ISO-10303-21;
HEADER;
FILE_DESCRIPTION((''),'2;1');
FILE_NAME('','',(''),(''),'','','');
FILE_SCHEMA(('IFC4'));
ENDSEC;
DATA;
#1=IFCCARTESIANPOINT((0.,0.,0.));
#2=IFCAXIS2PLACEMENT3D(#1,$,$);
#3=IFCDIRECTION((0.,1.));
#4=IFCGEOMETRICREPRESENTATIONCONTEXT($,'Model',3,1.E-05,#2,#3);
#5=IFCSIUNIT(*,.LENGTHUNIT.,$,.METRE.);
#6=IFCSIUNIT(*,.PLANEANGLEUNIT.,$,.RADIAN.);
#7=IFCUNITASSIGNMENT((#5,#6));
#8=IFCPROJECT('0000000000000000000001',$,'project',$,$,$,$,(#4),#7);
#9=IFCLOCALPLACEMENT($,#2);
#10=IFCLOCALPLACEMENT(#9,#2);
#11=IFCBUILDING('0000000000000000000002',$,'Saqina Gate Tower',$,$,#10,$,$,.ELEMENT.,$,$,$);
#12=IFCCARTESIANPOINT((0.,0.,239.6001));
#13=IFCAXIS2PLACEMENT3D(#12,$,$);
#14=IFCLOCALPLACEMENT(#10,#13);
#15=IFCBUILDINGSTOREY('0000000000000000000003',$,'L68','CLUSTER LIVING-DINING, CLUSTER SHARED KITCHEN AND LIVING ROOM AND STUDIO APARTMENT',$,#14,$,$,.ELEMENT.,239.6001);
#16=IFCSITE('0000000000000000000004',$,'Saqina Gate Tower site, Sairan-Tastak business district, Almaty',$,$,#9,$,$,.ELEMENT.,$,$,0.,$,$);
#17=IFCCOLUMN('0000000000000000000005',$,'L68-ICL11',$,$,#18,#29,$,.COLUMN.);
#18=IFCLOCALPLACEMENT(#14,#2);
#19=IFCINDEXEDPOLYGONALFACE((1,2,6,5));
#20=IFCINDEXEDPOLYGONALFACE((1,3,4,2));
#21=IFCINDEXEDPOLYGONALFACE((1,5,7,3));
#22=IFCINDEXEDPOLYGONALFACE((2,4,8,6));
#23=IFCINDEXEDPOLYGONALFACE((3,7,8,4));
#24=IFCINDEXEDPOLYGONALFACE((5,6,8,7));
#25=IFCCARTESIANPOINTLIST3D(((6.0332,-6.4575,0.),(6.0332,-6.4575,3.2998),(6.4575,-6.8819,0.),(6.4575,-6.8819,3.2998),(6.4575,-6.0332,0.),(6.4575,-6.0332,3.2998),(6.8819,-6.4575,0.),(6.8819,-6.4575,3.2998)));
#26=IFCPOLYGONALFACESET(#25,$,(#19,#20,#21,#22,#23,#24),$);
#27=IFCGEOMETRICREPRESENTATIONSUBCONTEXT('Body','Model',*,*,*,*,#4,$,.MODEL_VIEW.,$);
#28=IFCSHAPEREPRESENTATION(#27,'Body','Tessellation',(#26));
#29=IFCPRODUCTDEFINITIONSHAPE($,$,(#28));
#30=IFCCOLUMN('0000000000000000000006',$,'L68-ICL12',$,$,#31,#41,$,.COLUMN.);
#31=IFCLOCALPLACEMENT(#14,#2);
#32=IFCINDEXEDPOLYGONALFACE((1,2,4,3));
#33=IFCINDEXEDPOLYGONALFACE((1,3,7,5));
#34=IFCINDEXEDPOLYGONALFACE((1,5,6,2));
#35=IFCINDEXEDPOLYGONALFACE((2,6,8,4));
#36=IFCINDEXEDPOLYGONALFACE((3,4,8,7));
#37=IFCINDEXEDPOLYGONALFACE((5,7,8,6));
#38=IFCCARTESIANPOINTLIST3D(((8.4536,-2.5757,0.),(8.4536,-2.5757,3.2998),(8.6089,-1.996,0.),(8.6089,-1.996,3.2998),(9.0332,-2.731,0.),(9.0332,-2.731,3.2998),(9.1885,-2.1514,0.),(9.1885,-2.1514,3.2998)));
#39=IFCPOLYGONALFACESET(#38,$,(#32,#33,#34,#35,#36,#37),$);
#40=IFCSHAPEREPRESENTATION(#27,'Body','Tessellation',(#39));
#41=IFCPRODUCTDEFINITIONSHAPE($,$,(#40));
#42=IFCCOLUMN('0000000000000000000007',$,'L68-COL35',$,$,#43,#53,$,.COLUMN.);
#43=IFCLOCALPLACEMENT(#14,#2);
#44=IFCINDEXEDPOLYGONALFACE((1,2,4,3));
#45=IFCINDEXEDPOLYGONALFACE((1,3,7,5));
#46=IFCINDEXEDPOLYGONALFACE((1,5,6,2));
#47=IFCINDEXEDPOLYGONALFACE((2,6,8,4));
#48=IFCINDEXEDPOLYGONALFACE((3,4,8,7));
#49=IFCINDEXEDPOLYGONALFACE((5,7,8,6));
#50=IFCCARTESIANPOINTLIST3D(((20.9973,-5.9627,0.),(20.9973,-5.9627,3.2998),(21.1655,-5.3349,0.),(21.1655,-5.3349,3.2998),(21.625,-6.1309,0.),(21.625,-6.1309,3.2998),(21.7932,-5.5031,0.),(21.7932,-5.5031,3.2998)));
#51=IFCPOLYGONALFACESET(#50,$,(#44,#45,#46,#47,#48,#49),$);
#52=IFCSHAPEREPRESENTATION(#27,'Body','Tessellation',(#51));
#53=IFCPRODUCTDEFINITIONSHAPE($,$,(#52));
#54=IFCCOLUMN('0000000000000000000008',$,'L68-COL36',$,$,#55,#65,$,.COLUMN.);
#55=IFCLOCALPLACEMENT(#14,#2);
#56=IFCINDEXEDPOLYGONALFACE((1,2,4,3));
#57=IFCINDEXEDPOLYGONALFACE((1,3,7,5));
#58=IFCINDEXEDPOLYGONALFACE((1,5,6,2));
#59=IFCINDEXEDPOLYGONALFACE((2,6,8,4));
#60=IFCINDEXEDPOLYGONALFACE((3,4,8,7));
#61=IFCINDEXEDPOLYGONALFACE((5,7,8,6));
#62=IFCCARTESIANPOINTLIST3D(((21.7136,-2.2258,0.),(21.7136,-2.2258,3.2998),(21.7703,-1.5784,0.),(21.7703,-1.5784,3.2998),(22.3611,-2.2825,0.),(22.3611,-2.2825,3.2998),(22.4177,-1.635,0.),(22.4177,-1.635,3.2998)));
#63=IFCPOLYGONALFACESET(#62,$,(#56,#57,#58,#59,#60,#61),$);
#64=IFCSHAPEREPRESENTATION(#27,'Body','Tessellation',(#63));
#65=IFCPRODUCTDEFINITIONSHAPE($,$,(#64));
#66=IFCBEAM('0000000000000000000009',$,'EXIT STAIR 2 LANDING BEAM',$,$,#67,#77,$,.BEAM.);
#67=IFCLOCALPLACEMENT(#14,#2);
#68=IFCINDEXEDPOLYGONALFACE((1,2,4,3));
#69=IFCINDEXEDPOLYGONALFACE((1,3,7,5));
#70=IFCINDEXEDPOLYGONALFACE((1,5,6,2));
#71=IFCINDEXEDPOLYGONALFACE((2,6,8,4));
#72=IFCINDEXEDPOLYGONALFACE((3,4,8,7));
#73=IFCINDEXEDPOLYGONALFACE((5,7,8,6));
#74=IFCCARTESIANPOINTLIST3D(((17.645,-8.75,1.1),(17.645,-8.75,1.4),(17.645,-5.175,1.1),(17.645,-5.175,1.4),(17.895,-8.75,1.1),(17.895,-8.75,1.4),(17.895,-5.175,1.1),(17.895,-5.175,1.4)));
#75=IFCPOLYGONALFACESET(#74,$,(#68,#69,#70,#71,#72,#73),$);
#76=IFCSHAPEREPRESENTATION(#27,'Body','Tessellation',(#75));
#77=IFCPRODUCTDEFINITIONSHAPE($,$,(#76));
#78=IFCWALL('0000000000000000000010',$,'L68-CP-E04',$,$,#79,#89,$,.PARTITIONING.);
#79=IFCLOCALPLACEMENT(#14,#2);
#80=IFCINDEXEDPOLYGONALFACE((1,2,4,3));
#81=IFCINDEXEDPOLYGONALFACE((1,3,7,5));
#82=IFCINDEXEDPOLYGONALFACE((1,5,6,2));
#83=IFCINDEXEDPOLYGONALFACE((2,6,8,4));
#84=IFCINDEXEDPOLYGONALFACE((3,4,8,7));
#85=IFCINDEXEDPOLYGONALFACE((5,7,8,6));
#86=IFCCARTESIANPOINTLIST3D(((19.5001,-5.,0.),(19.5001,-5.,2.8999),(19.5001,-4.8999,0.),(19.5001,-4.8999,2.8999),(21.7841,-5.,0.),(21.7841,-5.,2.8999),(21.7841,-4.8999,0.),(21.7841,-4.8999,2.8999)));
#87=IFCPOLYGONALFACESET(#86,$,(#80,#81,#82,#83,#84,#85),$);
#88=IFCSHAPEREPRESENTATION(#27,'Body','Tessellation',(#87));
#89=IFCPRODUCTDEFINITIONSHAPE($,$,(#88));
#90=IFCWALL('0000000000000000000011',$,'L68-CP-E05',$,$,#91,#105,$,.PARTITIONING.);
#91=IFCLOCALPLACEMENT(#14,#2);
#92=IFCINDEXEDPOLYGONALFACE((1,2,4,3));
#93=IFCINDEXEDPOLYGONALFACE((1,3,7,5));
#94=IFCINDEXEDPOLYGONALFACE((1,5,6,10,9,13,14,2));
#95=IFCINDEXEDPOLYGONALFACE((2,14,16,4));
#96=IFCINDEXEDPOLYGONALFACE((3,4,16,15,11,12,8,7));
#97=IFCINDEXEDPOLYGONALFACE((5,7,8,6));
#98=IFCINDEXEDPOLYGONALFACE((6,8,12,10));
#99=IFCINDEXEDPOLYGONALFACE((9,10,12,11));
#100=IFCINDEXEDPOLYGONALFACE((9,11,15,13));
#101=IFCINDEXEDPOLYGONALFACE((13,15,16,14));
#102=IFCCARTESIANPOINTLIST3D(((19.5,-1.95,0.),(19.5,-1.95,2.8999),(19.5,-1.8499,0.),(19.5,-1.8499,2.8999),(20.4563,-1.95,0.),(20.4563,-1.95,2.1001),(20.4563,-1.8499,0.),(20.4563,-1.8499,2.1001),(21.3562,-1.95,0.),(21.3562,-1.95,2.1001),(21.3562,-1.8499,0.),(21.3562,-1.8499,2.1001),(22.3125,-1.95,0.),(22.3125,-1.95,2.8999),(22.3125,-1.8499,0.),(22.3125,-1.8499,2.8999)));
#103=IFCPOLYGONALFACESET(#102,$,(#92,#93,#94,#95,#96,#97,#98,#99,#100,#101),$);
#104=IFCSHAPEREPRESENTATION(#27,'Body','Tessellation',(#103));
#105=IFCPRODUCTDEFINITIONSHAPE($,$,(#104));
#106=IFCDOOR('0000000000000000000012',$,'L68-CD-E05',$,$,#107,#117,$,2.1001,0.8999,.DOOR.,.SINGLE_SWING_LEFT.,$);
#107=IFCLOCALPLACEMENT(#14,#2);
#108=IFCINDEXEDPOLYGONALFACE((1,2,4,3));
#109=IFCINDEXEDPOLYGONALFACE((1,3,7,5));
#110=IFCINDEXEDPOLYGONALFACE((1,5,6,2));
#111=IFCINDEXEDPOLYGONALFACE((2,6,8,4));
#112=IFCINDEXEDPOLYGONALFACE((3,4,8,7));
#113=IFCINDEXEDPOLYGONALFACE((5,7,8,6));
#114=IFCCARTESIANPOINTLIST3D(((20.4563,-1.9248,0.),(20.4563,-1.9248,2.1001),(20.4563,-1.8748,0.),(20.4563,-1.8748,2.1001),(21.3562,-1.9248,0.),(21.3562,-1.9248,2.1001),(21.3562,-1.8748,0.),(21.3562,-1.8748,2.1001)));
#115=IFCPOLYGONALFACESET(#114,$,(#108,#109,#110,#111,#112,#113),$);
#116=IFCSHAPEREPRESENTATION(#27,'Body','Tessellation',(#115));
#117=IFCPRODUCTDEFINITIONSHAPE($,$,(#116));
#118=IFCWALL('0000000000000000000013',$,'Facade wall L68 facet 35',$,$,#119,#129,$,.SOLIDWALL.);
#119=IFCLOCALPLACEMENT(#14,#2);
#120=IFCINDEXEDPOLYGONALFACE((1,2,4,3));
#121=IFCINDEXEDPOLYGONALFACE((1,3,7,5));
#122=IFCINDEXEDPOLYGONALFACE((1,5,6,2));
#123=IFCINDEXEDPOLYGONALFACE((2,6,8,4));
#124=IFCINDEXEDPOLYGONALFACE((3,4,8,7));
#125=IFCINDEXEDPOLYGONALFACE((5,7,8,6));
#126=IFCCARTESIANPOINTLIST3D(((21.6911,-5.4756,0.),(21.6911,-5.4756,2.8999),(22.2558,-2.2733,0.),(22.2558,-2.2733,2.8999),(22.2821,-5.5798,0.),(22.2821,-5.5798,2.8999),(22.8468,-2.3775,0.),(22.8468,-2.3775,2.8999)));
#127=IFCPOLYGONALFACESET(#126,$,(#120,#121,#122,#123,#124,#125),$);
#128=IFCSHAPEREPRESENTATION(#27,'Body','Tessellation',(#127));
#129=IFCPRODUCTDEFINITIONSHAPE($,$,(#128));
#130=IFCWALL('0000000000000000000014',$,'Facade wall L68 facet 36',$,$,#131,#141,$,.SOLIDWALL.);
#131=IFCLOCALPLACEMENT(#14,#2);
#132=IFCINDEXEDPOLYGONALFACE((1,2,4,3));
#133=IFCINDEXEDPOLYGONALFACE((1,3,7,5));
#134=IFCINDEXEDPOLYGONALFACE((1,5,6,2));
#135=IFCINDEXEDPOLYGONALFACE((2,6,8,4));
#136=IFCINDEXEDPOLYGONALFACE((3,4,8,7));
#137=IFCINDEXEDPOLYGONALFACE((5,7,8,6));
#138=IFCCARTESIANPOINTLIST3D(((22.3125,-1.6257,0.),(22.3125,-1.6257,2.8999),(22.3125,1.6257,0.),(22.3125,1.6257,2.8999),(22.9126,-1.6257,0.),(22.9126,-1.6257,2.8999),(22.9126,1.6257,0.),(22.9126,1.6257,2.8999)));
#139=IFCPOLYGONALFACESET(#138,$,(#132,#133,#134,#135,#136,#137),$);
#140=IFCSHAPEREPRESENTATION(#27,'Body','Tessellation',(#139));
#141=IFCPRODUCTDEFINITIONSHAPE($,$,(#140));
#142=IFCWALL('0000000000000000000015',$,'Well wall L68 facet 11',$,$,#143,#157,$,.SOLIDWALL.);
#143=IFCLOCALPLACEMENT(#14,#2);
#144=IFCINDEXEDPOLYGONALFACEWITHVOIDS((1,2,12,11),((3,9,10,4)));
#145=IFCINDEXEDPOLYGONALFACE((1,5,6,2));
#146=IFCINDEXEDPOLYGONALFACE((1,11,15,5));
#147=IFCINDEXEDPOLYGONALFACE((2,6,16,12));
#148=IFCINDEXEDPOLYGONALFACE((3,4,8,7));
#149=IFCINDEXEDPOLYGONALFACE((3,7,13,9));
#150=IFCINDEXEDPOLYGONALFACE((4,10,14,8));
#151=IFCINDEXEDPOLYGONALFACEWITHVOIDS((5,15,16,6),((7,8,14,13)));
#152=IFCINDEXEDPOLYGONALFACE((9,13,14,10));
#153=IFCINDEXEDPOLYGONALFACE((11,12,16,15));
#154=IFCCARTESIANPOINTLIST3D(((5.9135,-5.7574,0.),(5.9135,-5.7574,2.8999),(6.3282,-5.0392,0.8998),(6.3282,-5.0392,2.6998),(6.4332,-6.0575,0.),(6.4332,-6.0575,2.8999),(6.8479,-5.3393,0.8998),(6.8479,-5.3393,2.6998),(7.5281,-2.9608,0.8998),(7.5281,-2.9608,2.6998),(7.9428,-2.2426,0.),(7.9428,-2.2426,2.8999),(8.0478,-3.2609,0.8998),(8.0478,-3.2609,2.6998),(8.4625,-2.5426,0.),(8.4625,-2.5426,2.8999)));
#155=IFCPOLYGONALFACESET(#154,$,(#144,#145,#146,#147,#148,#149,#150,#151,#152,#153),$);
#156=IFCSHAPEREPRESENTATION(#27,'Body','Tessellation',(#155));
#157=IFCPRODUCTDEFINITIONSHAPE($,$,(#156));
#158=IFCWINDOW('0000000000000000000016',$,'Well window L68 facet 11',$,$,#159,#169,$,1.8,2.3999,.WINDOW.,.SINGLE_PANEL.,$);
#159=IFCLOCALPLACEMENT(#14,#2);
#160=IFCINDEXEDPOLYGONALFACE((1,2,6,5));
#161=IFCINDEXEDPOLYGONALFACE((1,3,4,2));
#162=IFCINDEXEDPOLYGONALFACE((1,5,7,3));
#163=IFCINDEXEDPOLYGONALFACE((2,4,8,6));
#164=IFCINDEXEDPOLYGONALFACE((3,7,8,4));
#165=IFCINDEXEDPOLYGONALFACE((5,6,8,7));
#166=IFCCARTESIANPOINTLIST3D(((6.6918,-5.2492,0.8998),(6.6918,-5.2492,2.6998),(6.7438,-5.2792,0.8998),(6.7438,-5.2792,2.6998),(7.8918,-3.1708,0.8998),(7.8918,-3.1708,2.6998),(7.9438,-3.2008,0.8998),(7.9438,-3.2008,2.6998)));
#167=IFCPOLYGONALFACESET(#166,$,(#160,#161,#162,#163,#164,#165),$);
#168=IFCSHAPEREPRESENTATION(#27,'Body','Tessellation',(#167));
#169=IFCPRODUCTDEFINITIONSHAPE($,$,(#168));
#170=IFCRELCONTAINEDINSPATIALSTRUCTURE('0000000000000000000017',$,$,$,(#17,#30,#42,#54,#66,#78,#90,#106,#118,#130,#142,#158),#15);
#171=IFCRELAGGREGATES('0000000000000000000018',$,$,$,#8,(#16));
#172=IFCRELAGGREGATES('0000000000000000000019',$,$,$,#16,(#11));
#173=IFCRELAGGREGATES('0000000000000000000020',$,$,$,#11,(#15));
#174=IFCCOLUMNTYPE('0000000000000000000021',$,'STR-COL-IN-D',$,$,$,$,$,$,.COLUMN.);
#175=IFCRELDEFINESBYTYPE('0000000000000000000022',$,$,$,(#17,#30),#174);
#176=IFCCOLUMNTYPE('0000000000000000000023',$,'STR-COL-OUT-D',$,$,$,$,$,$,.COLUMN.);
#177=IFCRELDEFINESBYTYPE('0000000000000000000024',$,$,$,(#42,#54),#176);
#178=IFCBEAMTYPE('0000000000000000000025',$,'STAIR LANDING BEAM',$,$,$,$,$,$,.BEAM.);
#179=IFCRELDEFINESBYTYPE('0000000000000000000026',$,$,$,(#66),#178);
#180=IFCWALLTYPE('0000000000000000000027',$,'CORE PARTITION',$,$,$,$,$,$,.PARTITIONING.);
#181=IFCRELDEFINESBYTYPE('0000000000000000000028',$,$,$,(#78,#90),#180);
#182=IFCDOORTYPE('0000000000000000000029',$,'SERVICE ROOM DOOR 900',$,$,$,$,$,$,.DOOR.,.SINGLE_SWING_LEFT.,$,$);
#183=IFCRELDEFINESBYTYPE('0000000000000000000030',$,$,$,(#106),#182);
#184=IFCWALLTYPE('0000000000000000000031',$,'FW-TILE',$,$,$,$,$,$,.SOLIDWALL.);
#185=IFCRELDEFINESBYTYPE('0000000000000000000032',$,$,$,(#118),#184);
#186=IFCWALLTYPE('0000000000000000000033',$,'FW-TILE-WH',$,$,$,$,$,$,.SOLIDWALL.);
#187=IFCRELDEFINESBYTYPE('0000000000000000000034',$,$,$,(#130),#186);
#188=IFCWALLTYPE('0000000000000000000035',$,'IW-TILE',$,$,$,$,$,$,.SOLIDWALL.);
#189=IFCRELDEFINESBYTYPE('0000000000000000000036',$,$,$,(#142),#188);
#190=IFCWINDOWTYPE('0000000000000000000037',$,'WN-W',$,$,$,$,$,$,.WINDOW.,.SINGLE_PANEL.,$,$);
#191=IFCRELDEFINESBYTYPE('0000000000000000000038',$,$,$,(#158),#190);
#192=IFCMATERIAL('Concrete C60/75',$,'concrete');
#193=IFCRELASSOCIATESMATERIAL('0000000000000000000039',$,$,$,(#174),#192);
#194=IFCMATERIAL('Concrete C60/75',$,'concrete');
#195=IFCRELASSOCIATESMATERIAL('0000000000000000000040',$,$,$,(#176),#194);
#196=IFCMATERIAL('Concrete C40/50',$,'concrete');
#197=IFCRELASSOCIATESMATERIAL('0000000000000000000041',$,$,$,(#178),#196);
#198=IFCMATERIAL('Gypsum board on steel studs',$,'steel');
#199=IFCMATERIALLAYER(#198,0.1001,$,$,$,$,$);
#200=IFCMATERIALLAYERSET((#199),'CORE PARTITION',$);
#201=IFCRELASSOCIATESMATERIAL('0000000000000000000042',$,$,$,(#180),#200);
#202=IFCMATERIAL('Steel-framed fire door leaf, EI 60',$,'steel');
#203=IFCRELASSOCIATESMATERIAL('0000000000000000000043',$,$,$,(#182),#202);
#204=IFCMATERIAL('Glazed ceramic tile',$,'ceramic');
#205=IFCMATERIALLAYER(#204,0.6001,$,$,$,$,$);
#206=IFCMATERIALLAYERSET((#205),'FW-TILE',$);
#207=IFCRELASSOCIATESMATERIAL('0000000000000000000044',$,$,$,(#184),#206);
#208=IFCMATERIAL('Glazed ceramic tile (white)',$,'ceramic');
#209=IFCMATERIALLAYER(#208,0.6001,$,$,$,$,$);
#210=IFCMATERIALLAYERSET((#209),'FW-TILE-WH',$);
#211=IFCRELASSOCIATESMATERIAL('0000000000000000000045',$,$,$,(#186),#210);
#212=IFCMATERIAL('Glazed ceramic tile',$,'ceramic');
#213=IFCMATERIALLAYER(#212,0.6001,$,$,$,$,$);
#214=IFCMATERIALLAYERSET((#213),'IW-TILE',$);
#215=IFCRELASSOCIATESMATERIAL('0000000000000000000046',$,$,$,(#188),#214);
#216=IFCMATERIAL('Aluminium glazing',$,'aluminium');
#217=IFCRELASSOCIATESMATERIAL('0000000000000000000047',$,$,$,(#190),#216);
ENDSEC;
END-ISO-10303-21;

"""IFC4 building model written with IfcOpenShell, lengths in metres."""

from ifc_helpers import new_model, si_unit, direction, frame, frame_2d, origin, origin_2d, place, context, subcontext, project, spatial, rectangle, extrude, material, layer, layer_set, material_profile, profile_set, type_object, element, fill, save


model = new_model("IFC4")

# Units and contexts
model_context = context("Model", 3, precision=1e-05, world=origin(), true_north=direction((0.0, 1.0)))
body_context = subcontext(model_context, "Body", "Model", "MODEL_VIEW")
ifc_project = project(units=[si_unit("LENGTHUNIT", "METRE"), si_unit("PLANEANGLEUNIT", "RADIAN")], contexts=[model_context])

# Site, building, storey
site_placement = place(None, origin())
site = spatial("IfcSite", under=ifc_project, at=site_placement, Name="Saqina Gate Tower site, Sairan-Tastak business district, Almaty", CompositionType="ELEMENT", RefElevation=0.0)
building_placement = place(site_placement, origin())
building = spatial("IfcBuilding", under=site, at=building_placement, Name="Saqina Gate Tower", CompositionType="ELEMENT")
storey_placement = place(building_placement, frame((0.0, 0.0, 239.6001)))
storey = spatial("IfcBuildingStorey", under=building, at=storey_placement, Name="L68", Description="CLUSTER LIVING-DINING, CLUSTER SHARED KITCHEN AND LIVING ROOM AND STUDIO APARTMENT", CompositionType="ELEMENT", Elevation=239.6001)

# Columns
ifc_material_1 = material(Name="Concrete C60/75", Category="concrete")
ifc_material_profile_1 = material_profile(ifc_material_1, rectangle(XDim=0.6001, YDim=0.6001, at=origin_2d()), Name="RC 600x600")
ifc_profile_set_1 = profile_set([ifc_material_profile_1], Name="Concrete C60/75")
column_type_1 = type_object("IfcColumnType", Name="STR-COL-IN-D", PredefinedType="COLUMN", material=ifc_profile_set_1)
for number, where, z_axis, x_axis, name in (
    (1, (6.4575, -6.4575, 0.0), (0.0, 0.0, 1.0), (0.707107, -0.707107, 0.0), "L68-ICL11"),
    (2, (8.821, -2.3635, 0.0), (0.0, 0.0, 1.0), (0.965926, -0.258819, 0.0), "L68-ICL12"),
):
    element("IfcColumn", number, at=place(storey_placement, frame(where, z_axis=z_axis, x_axis=x_axis)), inside=storey, type_object=column_type_1, Name=name, PredefinedType="COLUMN", context=body_context, shape_type="SweptSolid", body=[
        extrude(rectangle(XDim=0.6001, YDim=0.6001, at=origin_2d()), origin(), (0.0, 0.0, 1.0), 3.2998),
    ])
ifc_material_2 = material(Name="Concrete C60/75", Category="concrete")
ifc_material_profile_2 = material_profile(ifc_material_2, rectangle(XDim=0.6499, YDim=0.6499, at=origin_2d()), Name="RC 650x650")
ifc_profile_set_2 = profile_set([ifc_material_profile_2], Name="Concrete C60/75")
column_type_2 = type_object("IfcColumnType", Name="STR-COL-OUT-D", PredefinedType="COLUMN", material=ifc_profile_set_2)
for number, where, z_axis, x_axis, name in (
    (3, (21.3953, -5.7329, 0.0), (0.0, 0.0, 1.0), (0.965926, -0.258819, 0.0), "L68-COL35"),
    (4, (22.0657, -1.9304, 0.0), (0.0, 0.0, 1.0), (0.996195, -0.087156, 0.0), "L68-COL36"),
):
    element("IfcColumn", number, at=place(storey_placement, frame(where, z_axis=z_axis, x_axis=x_axis)), inside=storey, type_object=column_type_2, Name=name, PredefinedType="COLUMN", context=body_context, shape_type="SweptSolid", body=[
        extrude(rectangle(XDim=0.6499, YDim=0.6499, at=origin_2d()), origin(), (0.0, 0.0, 1.0), 3.2998),
    ])

# Beam
ifc_material_3 = material(Name="Concrete C40/50", Category="concrete")
ifc_material_profile_3 = material_profile(ifc_material_3, rectangle(XDim=0.25, YDim=0.3, at=origin_2d()), Name="STAIR LANDING BEAM")
ifc_profile_set_3 = profile_set([ifc_material_profile_3], Name="Concrete C40/50")
beam_type = type_object("IfcBeamType", Name="STAIR LANDING BEAM", PredefinedType="BEAM", material=ifc_profile_set_3)
beam_placement = place(storey_placement, frame((17.77, -8.75, 1.25), z_axis=(0.0, 1.0, 0.0), x_axis=(-1.0, 0.0, 0.0)))
element("IfcBeam", 5, at=beam_placement, inside=storey, type_object=beam_type, Name="EXIT STAIR 2 LANDING BEAM", PredefinedType="BEAM", context=body_context, shape_type="SweptSolid", body=[
    extrude(rectangle(XDim=0.25, YDim=0.3, at=origin_2d()), origin(), (0.0, 0.0, 1.0), 3.575),
])

# Wall
ifc_material_4 = material(Name="Gypsum board on steel studs", Category="steel")
ifc_layer_1 = layer(ifc_material_4, 0.1001)
ifc_layer_set_1 = layer_set([ifc_layer_1], Name="CORE PARTITION")
wall_type_1 = type_object("IfcWallType", Name="CORE PARTITION", PredefinedType="PARTITIONING", material=ifc_layer_set_1)
wall_1_placement = place(storey_placement, frame((19.5, -4.95, 0.0), z_axis=(0.0, 0.0, 1.0), x_axis=(1.0, 0.0, 0.0)))
element("IfcWall", 6, at=wall_1_placement, inside=storey, type_object=wall_type_1, Name="L68-CP-E04", PredefinedType="PARTITIONING", context=body_context, shape_type="SweptSolid", body=[
    extrude(rectangle(XDim=2.2839, YDim=0.1001, at=frame_2d((1.1421, 0.0))), origin(), (0.0, 0.0, 1.0), 2.8999),
])

# Wall, opening, door
wall_2_placement = place(storey_placement, frame((19.5, -1.8999, 0.0), z_axis=(0.0, 0.0, 1.0), x_axis=(1.0, 0.0, 0.0)))
wall_2 = element("IfcWall", 7, at=wall_2_placement, inside=storey, type_object=wall_type_1, Name="L68-CP-E05", PredefinedType="PARTITIONING", context=body_context, shape_type="SweptSolid", body=[
    extrude(rectangle(XDim=2.8125, YDim=0.1001, at=frame_2d((1.4062, 0.0))), origin(), (0.0, 0.0, 1.0), 2.8999),
])
opening_1_placement = place(wall_2_placement, frame((0.9563, 0.0, 0.0)))
opening_1 = element("IfcOpeningElement", 8, at=opening_1_placement, cuts=wall_2, PredefinedType="OPENING", context=body_context, shape_type="SweptSolid", body=[
    extrude(rectangle(XDim=0.8999, YDim=2.1001, at=frame_2d((0.45, 1.05))), frame((0.0, 0.062, 0.0), z_axis=(0.0, -1.0, 0.0), x_axis=(1.0, 0.0, 0.0)), (0.0, 0.0, 1.0), 0.124),
])
ifc_material_5 = material(Name="Steel-framed fire door leaf, EI 60", Category="steel")
door_type_1 = type_object("IfcDoorType", Name="SERVICE ROOM DOOR 900", OperationType="SINGLE_SWING_LEFT", PredefinedType="DOOR", material=ifc_material_5)
door_1_placement = place(opening_1_placement, frame((0.8999, 0.0, 0.0), z_axis=(0.0, 0.0, 1.0), x_axis=(-1.0, 0.0, 0.0)))
door_1 = element("IfcDoor", 9, at=door_1_placement, inside=storey, type_object=door_type_1, Name="L68-CD-E05", OperationType="SINGLE_SWING_LEFT", OverallHeight=2.1001, OverallWidth=0.8999, PredefinedType="DOOR", context=body_context, shape_type="SweptSolid", body=[
    extrude(rectangle(XDim=0.8999, YDim=2.1001, at=frame_2d((0.45, 1.05))), frame((0.0, 0.0249, 0.0), z_axis=(0.0, -1.0, 0.0), x_axis=(1.0, 0.0, 0.0)), (0.0, 0.0, 1.0), 0.05),
])
fill(opening_1, door_1)

# Walls
ifc_material_6 = material(Name="Glazed ceramic tile", Category="ceramic")
ifc_layer_2 = layer(ifc_material_6, 0.6001)
ifc_layer_set_2 = layer_set([ifc_layer_2], Name="FW-TILE")
wall_type_2 = type_object("IfcWallType", Name="FW-TILE", PredefinedType="SOLIDWALL", material=ifc_layer_set_2)
wall_3_placement = place(storey_placement, frame((21.9866, -5.5278, 0.0), z_axis=(0.0, 0.0, 1.0), x_axis=(0.173657, 0.984806, 0.0)))
element("IfcWall", 10, at=wall_3_placement, inside=storey, type_object=wall_type_2, Name="Facade wall L68 facet 35", PredefinedType="SOLIDWALL", context=body_context, shape_type="SweptSolid", body=[
    extrude(rectangle(XDim=3.2517, YDim=0.6001, at=frame_2d((1.626, 0.0))), origin(), (0.0, 0.0, 1.0), 2.8999),
])
ifc_material_7 = material(Name="Glazed ceramic tile (white)", Category="ceramic")
ifc_layer_3 = layer(ifc_material_7, 0.6001)
ifc_layer_set_3 = layer_set([ifc_layer_3], Name="FW-TILE-WH")
wall_type_3 = type_object("IfcWallType", Name="FW-TILE-WH", PredefinedType="SOLIDWALL", material=ifc_layer_set_3)
wall_4_placement = place(storey_placement, frame((22.6125, -1.6257, 0.0), z_axis=(0.0, 0.0, 1.0), x_axis=(0.0, 1.0, 0.0)))
element("IfcWall", 11, at=wall_4_placement, inside=storey, type_object=wall_type_3, Name="Facade wall L68 facet 36", PredefinedType="SOLIDWALL", context=body_context, shape_type="SweptSolid", body=[
    extrude(rectangle(XDim=3.2515, YDim=0.6001, at=frame_2d((1.6257, 0.0))), origin(), (0.0, 0.0, 1.0), 2.8999),
])

# Wall, opening, window
ifc_material_8 = material(Name="Glazed ceramic tile", Category="ceramic")
ifc_layer_4 = layer(ifc_material_8, 0.6001)
ifc_layer_set_4 = layer_set([ifc_layer_4], Name="IW-TILE")
wall_type_4 = type_object("IfcWallType", Name="IW-TILE", PredefinedType="SOLIDWALL", material=ifc_layer_set_4)
wall_5_placement = place(storey_placement, frame((6.1733, -5.9075, 0.0), z_axis=(0.0, 0.0, 1.0), x_axis=(0.499995, 0.866028, 0.0)))
wall_5 = element("IfcWall", 12, at=wall_5_placement, inside=storey, type_object=wall_type_4, Name="Well wall L68 facet 11", PredefinedType="SOLIDWALL", context=body_context, shape_type="SweptSolid", body=[
    extrude(rectangle(XDim=4.0586, YDim=0.6001, at=frame_2d((2.0293, 0.0))), origin(), (0.0, 0.0, 1.0), 2.8999),
])
opening_2_placement = place(wall_5_placement, frame((0.8293, 0.0, 0.8999)))
opening_2 = element("IfcOpeningElement", 13, at=opening_2_placement, cuts=wall_5, PredefinedType="OPENING", context=body_context, shape_type="SweptSolid", body=[
    extrude(rectangle(XDim=2.3999, YDim=1.8, at=frame_2d((1.2, 0.8999))), frame((0.0, 0.312, 0.0), z_axis=(0.0, -1.0, 0.0), x_axis=(1.0, 0.0, 0.0)), (0.0, 0.0, 1.0), 0.624),
])
ifc_material_9 = material(Name="Aluminium glazing", Category="aluminium")
window_type = type_object("IfcWindowType", Name="WN-W", PartitioningType="SINGLE_PANEL", PredefinedType="WINDOW", material=ifc_material_9)
window_1_placement = place(opening_2_placement, origin())
window_1 = element("IfcWindow", 14, at=window_1_placement, inside=storey, type_object=window_type, Name="Well window L68 facet 11", OverallHeight=1.8, OverallWidth=2.3999, PartitioningType="SINGLE_PANEL", PredefinedType="WINDOW", context=body_context, shape_type="SweptSolid", body=[
    extrude(rectangle(XDim=2.3999, YDim=1.8, at=frame_2d((1.2, 0.8999))), frame((0.0, -0.1199, 0.0), z_axis=(0.0, -1.0, 0.0), x_axis=(1.0, 0.0, 0.0)), (0.0, 0.0, 1.0), 0.0601),
])
fill(opening_2, window_1)

save(model, "model.ifc")
